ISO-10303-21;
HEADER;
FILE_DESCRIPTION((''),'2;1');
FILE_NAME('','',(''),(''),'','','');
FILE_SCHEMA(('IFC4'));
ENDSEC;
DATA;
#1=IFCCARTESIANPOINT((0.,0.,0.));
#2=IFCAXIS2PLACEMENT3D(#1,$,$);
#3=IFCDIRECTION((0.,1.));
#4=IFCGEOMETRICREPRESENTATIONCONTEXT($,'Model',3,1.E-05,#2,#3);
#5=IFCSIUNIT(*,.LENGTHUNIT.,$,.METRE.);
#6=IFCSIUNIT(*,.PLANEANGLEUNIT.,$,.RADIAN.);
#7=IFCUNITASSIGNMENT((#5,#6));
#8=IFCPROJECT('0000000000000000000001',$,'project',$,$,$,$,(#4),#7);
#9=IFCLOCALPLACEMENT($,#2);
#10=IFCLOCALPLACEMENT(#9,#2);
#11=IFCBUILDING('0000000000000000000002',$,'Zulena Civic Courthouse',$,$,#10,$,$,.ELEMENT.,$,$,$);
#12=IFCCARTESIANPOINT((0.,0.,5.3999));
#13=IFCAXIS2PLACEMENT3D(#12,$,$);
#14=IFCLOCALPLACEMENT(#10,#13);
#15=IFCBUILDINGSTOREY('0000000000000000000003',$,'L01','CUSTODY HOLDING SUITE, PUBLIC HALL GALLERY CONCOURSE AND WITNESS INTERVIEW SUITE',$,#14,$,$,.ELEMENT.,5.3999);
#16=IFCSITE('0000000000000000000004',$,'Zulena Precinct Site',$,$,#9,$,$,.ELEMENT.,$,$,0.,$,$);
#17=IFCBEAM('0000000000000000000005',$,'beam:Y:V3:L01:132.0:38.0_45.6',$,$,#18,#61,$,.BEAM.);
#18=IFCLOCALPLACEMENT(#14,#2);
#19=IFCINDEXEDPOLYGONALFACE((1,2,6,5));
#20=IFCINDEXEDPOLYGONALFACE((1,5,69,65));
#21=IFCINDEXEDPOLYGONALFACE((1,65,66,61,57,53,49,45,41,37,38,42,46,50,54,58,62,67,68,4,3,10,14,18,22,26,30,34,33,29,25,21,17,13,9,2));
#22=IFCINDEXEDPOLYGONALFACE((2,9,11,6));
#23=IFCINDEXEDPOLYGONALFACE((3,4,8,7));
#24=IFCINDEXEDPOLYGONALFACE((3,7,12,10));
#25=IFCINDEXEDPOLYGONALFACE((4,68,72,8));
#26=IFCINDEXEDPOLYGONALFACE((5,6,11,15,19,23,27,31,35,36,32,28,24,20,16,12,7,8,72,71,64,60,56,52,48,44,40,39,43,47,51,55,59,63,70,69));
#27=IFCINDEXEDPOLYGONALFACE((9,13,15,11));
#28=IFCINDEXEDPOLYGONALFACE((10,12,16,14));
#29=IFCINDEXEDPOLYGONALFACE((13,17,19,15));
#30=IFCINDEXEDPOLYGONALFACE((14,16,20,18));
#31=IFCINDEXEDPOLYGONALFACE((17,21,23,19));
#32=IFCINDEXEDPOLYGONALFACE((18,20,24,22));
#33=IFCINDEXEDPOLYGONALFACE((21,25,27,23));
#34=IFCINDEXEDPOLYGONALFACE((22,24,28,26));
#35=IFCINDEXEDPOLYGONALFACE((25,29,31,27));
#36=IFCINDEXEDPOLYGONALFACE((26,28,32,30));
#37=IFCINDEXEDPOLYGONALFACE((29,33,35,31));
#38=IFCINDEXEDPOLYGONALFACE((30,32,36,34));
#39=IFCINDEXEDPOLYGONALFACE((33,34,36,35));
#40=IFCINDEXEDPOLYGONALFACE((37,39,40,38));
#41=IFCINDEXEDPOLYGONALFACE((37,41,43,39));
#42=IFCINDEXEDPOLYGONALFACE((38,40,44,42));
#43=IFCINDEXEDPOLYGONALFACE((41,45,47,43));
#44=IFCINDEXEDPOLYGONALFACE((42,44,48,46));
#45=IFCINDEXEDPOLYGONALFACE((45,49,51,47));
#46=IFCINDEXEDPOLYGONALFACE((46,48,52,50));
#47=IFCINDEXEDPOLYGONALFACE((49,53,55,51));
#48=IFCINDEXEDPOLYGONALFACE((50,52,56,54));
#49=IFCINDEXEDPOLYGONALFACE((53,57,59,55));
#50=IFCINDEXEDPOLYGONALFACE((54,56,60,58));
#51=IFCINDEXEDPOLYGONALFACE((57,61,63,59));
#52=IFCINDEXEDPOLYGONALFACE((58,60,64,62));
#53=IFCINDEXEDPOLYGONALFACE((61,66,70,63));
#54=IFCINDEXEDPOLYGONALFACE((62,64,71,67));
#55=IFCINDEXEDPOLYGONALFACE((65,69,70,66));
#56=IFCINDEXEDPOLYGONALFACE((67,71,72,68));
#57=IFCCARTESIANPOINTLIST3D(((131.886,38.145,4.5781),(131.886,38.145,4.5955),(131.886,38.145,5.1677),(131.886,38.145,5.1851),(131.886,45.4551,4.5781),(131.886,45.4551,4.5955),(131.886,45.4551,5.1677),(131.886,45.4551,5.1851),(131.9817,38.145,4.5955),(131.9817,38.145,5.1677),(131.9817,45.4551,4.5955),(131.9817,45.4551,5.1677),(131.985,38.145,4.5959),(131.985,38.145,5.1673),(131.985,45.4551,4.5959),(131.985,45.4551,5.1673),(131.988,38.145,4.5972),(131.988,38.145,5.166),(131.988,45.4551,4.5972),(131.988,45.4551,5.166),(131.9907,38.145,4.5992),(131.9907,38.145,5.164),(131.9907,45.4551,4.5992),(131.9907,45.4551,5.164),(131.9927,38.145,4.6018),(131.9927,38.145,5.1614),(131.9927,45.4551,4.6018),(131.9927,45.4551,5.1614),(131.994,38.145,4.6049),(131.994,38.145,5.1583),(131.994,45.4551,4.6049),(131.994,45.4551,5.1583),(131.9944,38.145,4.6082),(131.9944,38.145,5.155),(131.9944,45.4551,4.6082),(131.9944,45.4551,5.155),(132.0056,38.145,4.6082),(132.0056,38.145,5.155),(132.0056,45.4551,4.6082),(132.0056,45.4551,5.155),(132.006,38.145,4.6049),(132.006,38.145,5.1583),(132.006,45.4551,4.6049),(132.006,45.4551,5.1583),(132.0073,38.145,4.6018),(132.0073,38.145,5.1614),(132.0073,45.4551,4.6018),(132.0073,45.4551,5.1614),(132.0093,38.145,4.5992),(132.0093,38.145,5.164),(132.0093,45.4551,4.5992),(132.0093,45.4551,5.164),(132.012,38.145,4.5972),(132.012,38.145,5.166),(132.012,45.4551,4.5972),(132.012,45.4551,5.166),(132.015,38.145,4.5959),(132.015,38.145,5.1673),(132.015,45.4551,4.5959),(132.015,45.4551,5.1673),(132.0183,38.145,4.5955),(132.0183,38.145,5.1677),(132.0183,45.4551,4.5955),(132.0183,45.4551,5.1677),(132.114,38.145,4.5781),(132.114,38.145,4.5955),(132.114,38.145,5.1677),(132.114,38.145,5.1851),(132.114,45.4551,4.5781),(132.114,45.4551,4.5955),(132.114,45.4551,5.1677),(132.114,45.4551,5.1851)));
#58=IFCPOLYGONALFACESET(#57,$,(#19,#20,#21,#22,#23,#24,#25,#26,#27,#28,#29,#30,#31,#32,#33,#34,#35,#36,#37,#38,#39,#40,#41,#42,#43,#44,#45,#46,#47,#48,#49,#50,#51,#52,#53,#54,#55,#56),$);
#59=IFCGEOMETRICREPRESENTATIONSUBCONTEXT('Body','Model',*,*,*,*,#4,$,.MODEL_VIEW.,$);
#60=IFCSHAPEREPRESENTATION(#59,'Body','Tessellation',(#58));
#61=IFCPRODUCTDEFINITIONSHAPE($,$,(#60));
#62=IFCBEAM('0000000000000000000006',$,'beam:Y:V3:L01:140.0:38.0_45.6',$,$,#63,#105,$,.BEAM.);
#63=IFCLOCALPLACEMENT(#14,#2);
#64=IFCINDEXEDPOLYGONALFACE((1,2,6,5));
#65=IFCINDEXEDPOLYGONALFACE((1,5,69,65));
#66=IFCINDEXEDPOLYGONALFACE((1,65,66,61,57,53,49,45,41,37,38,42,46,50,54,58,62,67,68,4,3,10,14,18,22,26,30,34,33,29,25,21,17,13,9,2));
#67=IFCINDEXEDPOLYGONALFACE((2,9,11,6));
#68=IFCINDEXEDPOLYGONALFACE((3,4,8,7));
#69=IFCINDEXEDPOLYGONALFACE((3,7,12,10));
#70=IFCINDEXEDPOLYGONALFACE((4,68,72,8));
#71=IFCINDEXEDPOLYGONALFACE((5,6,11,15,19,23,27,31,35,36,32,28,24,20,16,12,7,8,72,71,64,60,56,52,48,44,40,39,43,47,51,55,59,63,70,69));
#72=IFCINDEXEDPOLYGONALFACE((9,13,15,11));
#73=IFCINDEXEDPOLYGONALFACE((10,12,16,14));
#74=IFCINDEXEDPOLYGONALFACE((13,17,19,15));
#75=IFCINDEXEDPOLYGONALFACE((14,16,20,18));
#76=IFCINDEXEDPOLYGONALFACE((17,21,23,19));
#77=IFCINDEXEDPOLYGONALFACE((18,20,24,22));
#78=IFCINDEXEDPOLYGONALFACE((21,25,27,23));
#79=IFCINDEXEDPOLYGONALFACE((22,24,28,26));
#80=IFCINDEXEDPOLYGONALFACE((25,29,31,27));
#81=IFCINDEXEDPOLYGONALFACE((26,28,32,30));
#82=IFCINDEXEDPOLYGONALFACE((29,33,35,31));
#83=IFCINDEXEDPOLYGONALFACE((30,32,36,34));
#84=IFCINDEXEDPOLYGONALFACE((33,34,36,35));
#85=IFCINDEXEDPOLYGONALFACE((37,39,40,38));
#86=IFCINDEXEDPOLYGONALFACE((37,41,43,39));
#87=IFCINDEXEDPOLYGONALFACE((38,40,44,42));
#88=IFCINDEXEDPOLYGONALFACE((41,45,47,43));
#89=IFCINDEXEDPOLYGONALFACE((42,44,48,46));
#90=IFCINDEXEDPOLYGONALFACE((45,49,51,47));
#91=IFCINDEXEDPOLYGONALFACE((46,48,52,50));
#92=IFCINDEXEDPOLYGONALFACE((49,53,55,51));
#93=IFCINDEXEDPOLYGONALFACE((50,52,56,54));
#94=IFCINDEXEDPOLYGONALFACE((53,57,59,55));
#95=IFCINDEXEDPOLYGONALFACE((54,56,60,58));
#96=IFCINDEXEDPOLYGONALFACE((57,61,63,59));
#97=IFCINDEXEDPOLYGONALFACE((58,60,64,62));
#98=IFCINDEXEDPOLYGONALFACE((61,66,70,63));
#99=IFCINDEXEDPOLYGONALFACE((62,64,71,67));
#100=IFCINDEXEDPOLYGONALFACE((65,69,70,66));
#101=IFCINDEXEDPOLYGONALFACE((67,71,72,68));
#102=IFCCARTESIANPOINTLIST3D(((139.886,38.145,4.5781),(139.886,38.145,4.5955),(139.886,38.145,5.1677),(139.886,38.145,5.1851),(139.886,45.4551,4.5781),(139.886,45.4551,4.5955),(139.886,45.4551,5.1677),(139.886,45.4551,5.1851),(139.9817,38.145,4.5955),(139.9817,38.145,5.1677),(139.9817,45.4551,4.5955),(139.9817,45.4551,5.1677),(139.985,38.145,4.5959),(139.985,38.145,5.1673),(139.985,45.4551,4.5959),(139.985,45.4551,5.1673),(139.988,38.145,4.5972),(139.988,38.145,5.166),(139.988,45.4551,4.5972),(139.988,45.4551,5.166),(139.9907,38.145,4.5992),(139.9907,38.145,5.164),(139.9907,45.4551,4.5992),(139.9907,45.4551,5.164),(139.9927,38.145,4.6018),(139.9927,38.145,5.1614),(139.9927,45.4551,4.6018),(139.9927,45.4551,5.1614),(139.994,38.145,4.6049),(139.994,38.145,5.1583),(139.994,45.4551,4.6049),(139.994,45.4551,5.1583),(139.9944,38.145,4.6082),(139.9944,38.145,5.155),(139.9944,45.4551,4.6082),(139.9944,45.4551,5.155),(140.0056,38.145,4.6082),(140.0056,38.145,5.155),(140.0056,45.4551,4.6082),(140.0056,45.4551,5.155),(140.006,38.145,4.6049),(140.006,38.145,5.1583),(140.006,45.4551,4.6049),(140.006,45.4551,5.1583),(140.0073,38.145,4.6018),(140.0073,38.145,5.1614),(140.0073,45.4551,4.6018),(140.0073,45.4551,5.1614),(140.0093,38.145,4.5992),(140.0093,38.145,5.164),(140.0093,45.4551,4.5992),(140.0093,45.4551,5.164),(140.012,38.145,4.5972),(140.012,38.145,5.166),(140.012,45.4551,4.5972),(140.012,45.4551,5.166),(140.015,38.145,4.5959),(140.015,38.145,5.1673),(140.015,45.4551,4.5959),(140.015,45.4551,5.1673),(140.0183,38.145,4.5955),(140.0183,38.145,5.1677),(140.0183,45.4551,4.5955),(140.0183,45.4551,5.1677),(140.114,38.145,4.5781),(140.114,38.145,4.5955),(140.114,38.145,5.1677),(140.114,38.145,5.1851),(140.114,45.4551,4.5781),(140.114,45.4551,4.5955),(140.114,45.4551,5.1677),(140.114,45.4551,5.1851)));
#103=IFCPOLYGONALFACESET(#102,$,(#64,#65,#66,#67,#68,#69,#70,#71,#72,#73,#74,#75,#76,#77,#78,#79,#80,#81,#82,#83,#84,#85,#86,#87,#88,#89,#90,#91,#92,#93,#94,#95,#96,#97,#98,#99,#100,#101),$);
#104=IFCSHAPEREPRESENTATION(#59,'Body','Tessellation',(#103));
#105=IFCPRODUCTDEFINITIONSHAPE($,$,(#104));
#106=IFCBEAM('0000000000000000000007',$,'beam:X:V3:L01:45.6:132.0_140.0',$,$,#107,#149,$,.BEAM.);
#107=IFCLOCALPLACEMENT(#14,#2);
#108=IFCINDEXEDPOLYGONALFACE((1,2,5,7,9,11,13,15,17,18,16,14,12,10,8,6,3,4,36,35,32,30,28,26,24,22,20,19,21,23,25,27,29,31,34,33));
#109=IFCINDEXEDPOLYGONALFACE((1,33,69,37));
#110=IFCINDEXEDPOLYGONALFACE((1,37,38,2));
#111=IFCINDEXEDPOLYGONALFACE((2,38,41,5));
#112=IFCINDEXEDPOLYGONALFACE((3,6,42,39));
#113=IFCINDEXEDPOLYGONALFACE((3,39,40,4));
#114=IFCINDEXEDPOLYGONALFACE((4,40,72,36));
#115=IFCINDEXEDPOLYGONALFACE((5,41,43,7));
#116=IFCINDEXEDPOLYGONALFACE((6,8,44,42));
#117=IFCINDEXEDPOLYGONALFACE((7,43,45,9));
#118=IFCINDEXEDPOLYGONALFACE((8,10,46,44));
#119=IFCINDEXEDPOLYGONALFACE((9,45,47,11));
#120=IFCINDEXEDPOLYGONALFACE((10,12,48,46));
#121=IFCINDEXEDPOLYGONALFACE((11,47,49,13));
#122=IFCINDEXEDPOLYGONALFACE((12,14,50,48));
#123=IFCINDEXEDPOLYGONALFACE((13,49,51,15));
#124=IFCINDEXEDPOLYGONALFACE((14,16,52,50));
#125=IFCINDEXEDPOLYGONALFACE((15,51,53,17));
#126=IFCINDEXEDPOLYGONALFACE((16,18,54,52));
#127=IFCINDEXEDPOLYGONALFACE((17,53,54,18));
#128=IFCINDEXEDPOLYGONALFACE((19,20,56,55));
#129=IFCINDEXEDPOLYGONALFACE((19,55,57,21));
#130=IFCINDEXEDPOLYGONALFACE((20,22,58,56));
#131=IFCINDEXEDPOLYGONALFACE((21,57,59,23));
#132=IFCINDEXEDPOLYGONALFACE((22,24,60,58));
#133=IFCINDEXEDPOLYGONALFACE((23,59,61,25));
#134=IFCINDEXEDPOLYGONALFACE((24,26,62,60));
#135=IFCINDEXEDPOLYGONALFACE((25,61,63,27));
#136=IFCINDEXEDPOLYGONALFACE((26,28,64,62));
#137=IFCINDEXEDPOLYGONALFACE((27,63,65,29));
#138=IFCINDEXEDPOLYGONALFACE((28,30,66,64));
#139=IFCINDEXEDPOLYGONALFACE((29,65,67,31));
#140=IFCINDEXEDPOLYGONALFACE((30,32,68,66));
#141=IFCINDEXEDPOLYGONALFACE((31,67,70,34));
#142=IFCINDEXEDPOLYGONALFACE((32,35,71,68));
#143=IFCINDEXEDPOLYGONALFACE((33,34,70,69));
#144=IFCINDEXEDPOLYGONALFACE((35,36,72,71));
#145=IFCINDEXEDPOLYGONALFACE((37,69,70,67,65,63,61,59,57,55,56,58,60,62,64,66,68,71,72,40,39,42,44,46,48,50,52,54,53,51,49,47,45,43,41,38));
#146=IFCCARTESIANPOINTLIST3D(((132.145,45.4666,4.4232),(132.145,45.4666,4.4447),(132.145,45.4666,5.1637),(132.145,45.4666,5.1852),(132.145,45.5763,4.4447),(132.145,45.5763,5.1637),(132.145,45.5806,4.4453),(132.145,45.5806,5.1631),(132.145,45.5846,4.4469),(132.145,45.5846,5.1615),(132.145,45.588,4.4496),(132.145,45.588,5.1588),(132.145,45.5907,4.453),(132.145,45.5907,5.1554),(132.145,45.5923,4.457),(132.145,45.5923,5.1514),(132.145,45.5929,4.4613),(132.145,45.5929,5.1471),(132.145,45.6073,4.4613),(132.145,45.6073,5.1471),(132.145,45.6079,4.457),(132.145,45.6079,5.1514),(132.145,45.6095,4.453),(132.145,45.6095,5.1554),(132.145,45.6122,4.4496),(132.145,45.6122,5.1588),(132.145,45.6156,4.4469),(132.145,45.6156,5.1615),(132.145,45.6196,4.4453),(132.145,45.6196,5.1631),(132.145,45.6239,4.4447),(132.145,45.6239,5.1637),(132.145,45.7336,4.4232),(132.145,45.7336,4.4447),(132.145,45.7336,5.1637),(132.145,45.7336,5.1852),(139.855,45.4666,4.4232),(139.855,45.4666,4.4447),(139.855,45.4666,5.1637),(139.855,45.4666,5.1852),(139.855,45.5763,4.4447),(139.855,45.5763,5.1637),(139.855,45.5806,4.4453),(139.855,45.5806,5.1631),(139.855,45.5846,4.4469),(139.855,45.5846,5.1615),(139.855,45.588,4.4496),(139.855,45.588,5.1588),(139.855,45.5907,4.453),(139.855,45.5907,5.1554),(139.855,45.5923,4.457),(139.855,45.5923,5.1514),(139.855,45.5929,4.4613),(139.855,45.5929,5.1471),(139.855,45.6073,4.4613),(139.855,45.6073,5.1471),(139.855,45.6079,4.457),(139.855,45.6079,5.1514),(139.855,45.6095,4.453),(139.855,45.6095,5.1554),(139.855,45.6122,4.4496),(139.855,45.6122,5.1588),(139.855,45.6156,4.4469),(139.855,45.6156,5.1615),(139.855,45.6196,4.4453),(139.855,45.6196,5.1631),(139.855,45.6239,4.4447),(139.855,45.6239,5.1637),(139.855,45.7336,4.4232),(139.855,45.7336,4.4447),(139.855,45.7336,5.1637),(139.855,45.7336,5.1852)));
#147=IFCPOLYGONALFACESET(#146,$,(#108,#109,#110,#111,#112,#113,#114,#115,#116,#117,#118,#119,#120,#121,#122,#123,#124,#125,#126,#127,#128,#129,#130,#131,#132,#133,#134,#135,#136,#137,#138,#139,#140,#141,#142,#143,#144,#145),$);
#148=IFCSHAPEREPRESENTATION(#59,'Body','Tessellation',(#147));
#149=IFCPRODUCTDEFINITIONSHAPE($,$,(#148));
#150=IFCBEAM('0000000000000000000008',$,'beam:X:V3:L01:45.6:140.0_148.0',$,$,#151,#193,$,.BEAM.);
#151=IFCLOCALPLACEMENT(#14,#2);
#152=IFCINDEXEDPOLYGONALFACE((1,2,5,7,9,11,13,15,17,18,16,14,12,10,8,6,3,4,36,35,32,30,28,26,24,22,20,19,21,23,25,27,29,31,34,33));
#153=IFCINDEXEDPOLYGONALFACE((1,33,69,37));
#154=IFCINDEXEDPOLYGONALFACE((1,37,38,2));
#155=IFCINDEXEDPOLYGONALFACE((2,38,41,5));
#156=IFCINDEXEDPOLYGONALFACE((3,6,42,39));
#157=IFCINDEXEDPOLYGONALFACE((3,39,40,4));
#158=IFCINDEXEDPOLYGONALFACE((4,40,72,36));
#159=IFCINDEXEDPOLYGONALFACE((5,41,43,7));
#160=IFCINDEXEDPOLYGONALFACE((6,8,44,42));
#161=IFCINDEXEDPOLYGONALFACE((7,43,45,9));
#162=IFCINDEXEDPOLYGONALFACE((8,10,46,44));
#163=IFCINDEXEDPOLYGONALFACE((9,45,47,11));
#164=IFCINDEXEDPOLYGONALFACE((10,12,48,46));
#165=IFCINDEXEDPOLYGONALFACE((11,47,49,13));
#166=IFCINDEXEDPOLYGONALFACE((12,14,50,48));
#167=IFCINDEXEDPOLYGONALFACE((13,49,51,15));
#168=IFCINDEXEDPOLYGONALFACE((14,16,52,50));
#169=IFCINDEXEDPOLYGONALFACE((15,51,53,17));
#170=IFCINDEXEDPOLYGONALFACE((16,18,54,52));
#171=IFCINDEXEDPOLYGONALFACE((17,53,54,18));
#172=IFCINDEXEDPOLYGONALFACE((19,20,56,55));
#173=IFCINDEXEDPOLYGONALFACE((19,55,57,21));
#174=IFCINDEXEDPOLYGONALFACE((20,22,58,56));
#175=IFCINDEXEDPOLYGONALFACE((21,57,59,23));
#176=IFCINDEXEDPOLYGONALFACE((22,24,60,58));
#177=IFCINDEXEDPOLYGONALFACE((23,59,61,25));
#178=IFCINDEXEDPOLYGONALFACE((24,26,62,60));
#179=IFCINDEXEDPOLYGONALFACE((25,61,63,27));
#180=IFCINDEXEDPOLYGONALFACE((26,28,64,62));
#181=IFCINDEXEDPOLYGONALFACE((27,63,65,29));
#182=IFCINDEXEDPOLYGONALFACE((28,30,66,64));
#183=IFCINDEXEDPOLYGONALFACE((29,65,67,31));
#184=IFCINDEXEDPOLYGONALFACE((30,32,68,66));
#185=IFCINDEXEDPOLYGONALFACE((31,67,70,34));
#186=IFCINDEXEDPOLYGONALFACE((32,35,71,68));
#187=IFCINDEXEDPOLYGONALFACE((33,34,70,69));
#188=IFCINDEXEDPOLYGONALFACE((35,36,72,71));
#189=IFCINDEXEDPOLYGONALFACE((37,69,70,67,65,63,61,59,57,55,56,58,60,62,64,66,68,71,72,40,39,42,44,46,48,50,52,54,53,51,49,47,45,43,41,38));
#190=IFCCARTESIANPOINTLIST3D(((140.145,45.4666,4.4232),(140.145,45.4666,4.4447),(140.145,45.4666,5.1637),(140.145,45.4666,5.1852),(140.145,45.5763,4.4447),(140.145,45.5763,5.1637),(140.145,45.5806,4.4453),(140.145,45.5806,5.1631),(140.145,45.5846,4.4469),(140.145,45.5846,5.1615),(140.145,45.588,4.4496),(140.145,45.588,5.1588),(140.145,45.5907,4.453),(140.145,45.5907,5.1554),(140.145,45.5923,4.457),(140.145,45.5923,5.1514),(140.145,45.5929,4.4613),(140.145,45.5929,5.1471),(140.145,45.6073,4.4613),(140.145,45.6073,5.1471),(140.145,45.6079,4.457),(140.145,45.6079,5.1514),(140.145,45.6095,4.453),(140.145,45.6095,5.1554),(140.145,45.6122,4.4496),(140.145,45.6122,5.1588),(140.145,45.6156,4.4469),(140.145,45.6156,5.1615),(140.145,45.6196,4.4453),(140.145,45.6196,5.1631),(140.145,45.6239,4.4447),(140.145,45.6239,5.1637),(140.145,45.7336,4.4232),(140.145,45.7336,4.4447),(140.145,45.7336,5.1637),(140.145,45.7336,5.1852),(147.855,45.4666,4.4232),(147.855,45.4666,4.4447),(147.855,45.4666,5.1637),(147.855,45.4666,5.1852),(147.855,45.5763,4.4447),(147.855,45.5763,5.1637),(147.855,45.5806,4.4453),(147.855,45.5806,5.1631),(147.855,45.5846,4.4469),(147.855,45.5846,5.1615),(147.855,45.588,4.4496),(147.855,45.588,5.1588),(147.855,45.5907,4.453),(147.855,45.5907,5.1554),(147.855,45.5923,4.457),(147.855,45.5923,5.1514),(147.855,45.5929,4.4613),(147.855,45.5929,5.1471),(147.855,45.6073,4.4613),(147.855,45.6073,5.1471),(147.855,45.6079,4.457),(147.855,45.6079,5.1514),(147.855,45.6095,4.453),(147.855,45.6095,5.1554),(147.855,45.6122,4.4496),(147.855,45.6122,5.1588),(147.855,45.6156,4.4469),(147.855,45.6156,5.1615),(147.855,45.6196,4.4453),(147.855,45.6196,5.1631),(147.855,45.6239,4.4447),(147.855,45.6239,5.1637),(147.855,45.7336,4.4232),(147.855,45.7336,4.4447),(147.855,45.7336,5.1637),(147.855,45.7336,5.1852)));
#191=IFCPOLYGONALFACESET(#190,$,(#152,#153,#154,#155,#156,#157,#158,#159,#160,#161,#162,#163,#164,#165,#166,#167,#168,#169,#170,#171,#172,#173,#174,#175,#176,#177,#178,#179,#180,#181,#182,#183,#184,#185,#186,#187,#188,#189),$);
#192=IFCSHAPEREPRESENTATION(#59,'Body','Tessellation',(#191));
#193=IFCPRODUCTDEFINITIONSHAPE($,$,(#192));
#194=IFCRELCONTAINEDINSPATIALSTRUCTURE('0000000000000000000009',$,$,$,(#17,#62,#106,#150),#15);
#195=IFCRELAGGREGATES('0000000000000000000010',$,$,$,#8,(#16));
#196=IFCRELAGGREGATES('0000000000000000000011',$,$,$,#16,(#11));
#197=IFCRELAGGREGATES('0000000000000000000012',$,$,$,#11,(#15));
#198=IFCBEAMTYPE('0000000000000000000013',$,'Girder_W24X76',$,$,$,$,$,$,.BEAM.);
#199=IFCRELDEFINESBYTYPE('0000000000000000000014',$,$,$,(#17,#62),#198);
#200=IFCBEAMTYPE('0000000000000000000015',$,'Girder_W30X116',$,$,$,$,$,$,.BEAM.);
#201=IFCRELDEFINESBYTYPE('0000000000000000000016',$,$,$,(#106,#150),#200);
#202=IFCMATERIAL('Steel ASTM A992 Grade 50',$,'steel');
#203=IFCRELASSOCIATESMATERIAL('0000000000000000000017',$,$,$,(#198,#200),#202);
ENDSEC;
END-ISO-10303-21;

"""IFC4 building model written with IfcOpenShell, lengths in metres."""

from ifc_helpers import new_model, si_unit, direction, frame, origin, origin_2d, place, context, subcontext, project, spatial, i_section, extrude, material, material_profile, profile_set, type_object, element, save


model = new_model("IFC4")

# Units and contexts
model_context = context("Model", 3, precision=1e-05, world=origin(), true_north=direction((0.0, 1.0)))
body_context = subcontext(model_context, "Body", "Model", "MODEL_VIEW")
ifc_project = project(units=[si_unit("LENGTHUNIT", "METRE"), si_unit("PLANEANGLEUNIT", "RADIAN")], contexts=[model_context])

# Site, building, storey
site_placement = place(None, origin())
site = spatial("IfcSite", under=ifc_project, at=site_placement, Name="Zulena Precinct Site", CompositionType="ELEMENT", RefElevation=0.0)
building_placement = place(site_placement, origin())
building = spatial("IfcBuilding", under=site, at=building_placement, Name="Zulena Civic Courthouse", CompositionType="ELEMENT")
storey_placement = place(building_placement, frame((0.0, 0.0, 5.3999)))
storey = spatial("IfcBuildingStorey", under=building, at=storey_placement, Name="L01", Description="CUSTODY HOLDING SUITE, PUBLIC HALL GALLERY CONCOURSE AND WITNESS INTERVIEW SUITE", CompositionType="ELEMENT", Elevation=5.3999)

# Shared definitions
ifc_material_1 = material(Name="Steel ASTM A992 Grade 50", Category="steel")

# Beams
ifc_material_profile_1 = material_profile(ifc_material_1, i_section(OverallWidth=0.228, OverallDepth=0.6069, WebThickness=0.0112, FlangeThickness=0.0173, FilletRadius=0.0127, at=origin_2d()), Name="W24X76")
ifc_profile_set_1 = profile_set([ifc_material_profile_1], Name="Steel ASTM A992 Grade 50")
beam_type_1 = type_object("IfcBeamType", Name="Girder_W24X76", PredefinedType="BEAM", material=ifc_profile_set_1)
for number, where, z_axis, x_axis, name in (
    (1, (132.0, 38.145, 4.8816), (0.0, 1.0, 0.0), (-1.0, 0.0, 0.0), "beam:Y:V3:L01:132.0:38.0_45.6"),
    (2, (140.0, 38.145, 4.8816), (0.0, 1.0, 0.0), (-1.0, 0.0, 0.0), "beam:Y:V3:L01:140.0:38.0_45.6"),
):
    element("IfcBeam", number, at=place(storey_placement, frame(where, z_axis=z_axis, x_axis=x_axis)), inside=storey, type_object=beam_type_1, Name=name, PredefinedType="BEAM", context=body_context, shape_type="SweptSolid", body=[
        extrude(i_section(OverallWidth=0.228, OverallDepth=0.6069, WebThickness=0.0112, FlangeThickness=0.0173, FilletRadius=0.0127, at=origin_2d()), origin(), (0.0, 0.0, 1.0), 7.3101),
    ])
ifc_material_profile_2 = material_profile(ifc_material_1, i_section(OverallWidth=0.2671, OverallDepth=0.762, WebThickness=0.0144, FlangeThickness=0.0215, FilletRadius=0.0166, at=origin_2d()), Name="W30X116")
ifc_profile_set_2 = profile_set([ifc_material_profile_2], Name="Steel ASTM A992 Grade 50")
beam_type_2 = type_object("IfcBeamType", Name="Girder_W30X116", PredefinedType="BEAM", material=ifc_profile_set_2)
for number, where, z_axis, x_axis, name in (
    (3, (132.145, 45.6001, 4.8042), (1.0, 0.0, 0.0), (0.0, 1.0, 0.0), "beam:X:V3:L01:45.6:132.0_140.0"),
    (4, (140.145, 45.6001, 4.8042), (1.0, 0.0, 0.0), (0.0, 1.0, 0.0), "beam:X:V3:L01:45.6:140.0_148.0"),
):
    element("IfcBeam", number, at=place(storey_placement, frame(where, z_axis=z_axis, x_axis=x_axis)), inside=storey, type_object=beam_type_2, Name=name, PredefinedType="BEAM", context=body_context, shape_type="SweptSolid", body=[
        extrude(i_section(OverallWidth=0.2671, OverallDepth=0.762, WebThickness=0.0144, FlangeThickness=0.0215, FilletRadius=0.0166, at=origin_2d()), origin(), (0.0, 0.0, 1.0), 7.71),
    ])

save(model, "model.ifc")
